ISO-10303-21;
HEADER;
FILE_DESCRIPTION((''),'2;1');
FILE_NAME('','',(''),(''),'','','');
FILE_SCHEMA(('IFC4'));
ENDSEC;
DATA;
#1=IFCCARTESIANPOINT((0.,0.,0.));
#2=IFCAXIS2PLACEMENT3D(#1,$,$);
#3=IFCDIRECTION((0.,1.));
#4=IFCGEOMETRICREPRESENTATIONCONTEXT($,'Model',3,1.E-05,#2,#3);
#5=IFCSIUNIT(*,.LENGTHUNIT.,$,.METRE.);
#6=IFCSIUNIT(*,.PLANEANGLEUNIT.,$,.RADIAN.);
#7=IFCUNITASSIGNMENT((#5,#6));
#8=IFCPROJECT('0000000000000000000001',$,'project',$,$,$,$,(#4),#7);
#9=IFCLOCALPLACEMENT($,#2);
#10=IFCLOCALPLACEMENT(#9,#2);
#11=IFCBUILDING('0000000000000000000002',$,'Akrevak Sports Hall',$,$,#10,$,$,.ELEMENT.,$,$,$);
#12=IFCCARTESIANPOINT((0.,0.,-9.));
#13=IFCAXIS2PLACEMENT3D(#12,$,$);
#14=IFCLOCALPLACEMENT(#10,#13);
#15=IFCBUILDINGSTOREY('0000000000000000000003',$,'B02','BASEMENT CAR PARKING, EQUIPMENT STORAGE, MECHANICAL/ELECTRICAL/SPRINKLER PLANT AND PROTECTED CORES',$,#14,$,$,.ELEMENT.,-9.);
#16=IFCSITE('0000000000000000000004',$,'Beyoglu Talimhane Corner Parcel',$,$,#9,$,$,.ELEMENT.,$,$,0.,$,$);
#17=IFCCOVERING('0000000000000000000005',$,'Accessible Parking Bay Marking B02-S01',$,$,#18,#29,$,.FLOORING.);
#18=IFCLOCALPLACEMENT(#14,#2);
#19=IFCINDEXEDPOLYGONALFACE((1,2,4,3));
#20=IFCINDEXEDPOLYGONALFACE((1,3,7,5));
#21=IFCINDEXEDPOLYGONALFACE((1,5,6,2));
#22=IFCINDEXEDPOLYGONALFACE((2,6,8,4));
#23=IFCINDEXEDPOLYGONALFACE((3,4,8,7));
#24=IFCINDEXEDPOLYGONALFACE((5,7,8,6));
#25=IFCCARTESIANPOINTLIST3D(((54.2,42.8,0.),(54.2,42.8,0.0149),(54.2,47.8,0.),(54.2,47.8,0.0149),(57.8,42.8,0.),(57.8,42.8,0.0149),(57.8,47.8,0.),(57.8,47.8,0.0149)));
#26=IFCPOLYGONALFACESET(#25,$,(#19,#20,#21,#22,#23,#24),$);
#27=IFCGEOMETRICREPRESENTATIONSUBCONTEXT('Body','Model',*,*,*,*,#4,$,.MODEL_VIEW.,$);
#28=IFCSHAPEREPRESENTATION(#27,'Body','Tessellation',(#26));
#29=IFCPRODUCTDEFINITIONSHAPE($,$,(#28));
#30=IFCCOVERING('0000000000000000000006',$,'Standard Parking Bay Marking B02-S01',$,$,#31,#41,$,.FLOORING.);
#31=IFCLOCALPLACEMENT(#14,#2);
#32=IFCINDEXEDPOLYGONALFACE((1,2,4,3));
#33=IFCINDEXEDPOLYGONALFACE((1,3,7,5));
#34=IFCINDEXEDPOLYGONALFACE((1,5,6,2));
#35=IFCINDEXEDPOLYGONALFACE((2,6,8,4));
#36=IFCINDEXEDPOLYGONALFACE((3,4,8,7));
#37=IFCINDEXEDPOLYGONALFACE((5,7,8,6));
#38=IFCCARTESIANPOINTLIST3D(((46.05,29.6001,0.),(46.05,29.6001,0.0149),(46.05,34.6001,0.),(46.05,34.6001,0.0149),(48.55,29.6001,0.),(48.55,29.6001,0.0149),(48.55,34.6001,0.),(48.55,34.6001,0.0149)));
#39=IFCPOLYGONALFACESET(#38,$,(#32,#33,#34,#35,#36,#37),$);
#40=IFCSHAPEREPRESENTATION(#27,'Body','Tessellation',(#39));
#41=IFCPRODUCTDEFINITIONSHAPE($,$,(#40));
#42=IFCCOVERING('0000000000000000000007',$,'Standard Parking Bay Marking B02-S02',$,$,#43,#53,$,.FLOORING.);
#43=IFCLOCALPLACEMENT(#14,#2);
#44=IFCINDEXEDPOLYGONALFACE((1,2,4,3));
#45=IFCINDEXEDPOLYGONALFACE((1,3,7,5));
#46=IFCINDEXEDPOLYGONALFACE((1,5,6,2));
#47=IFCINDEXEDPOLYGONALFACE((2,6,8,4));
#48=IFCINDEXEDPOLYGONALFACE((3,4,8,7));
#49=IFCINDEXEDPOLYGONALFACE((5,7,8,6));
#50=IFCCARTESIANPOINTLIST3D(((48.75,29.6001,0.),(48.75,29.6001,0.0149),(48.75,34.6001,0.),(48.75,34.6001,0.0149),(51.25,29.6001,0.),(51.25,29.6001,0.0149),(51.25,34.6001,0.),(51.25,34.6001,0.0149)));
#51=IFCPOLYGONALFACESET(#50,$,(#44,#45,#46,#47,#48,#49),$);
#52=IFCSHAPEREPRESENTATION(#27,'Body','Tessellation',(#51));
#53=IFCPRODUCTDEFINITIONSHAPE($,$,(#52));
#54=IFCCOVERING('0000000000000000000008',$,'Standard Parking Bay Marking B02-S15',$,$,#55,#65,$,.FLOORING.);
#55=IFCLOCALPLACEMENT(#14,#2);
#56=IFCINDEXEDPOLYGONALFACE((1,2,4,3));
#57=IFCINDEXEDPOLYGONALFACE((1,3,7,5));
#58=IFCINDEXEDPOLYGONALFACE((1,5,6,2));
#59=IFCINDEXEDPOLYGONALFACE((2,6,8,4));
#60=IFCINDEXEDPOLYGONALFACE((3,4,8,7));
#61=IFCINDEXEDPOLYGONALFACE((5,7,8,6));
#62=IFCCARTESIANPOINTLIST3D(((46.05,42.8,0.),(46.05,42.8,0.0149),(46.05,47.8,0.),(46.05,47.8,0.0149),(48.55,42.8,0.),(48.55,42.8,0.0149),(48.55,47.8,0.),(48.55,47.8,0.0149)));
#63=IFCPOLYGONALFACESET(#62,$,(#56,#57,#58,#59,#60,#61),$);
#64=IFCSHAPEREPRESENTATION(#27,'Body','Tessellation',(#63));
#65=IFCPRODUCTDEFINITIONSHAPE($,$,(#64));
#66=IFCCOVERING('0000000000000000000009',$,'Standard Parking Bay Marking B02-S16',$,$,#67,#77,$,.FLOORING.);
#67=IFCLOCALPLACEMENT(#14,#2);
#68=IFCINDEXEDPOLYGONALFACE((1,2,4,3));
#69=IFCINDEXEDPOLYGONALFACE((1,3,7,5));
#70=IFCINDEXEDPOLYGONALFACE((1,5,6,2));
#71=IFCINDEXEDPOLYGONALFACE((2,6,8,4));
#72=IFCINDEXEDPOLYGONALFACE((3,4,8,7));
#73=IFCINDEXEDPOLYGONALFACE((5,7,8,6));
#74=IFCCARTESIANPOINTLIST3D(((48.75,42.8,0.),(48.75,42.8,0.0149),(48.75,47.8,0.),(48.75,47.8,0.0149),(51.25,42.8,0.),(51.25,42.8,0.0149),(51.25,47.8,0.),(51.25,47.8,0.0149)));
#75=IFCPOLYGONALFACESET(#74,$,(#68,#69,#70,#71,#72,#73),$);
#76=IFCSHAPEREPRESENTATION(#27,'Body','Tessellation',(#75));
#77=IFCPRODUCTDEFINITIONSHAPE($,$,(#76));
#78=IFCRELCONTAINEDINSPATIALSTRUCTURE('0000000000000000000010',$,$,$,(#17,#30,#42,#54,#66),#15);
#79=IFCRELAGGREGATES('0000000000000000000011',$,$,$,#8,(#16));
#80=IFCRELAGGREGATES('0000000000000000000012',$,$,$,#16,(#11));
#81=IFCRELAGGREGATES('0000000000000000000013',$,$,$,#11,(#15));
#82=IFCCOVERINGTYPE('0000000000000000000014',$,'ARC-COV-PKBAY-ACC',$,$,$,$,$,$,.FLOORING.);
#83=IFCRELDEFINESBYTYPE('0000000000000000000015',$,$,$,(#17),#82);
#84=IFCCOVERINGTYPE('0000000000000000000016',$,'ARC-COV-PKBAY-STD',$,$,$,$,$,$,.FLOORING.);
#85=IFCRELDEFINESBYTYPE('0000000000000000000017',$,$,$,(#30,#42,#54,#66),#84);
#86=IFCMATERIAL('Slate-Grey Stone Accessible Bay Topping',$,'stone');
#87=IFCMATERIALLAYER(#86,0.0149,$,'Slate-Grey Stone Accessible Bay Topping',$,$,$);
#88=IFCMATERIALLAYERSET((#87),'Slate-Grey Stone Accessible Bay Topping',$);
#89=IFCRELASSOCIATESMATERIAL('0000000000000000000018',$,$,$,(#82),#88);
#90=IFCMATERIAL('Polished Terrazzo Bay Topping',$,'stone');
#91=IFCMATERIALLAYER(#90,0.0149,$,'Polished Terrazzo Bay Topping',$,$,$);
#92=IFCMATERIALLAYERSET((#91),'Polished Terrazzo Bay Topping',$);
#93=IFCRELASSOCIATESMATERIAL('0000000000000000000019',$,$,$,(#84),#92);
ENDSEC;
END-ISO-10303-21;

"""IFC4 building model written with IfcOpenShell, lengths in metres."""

from ifc_helpers import new_model, si_unit, direction, frame, origin, origin_2d, place, context, subcontext, project, spatial, rectangle, extrude, material, layer, layer_set, type_object, element, save


model = new_model("IFC4")

# Units and contexts
model_context = context("Model", 3, precision=1e-05, world=origin(), true_north=direction((0.0, 1.0)))
body_context = subcontext(model_context, "Body", "Model", "MODEL_VIEW")
ifc_project = project(units=[si_unit("LENGTHUNIT", "METRE"), si_unit("PLANEANGLEUNIT", "RADIAN")], contexts=[model_context])

# Site, building, storey
site_placement = place(None, origin())
site = spatial("IfcSite", under=ifc_project, at=site_placement, Name="Beyoglu Talimhane Corner Parcel", CompositionType="ELEMENT", RefElevation=0.0)
building_placement = place(site_placement, origin())
building = spatial("IfcBuilding", under=site, at=building_placement, Name="Akrevak Sports Hall", CompositionType="ELEMENT")
storey_placement = place(building_placement, frame((0.0, 0.0, -9.0)))
storey = spatial("IfcBuildingStorey", under=building, at=storey_placement, Name="B02", Description="BASEMENT CAR PARKING, EQUIPMENT STORAGE, MECHANICAL/ELECTRICAL/SPRINKLER PLANT AND PROTECTED CORES", CompositionType="ELEMENT", Elevation=-9.0)

# Coverings
ifc_material_1 = material(Name="Slate-Grey Stone Accessible Bay Topping", Category="stone")
ifc_layer_1 = layer(ifc_material_1, 0.0149, Name="Slate-Grey Stone Accessible Bay Topping")
ifc_layer_set_1 = layer_set([ifc_layer_1], Name="Slate-Grey Stone Accessible Bay Topping")
covering_type_1 = type_object("IfcCoveringType", Name="ARC-COV-PKBAY-ACC", PredefinedType="FLOORING", material=ifc_layer_set_1)
covering_placement = place(storey_placement, frame((56.0, 45.3, 0.0), z_axis=(0.0, 0.0, 1.0), x_axis=(1.0, 0.0, 0.0)))
element("IfcCovering", 1, at=covering_placement, inside=storey, type_object=covering_type_1, Name="Accessible Parking Bay Marking B02-S01", PredefinedType="FLOORING", context=body_context, shape_type="SweptSolid", body=[
    extrude(rectangle(XDim=3.6001, YDim=5.0, at=origin_2d()), origin(), (0.0, 0.0, 1.0), 0.0149),
])
ifc_material_2 = material(Name="Polished Terrazzo Bay Topping", Category="stone")
ifc_layer_2 = layer(ifc_material_2, 0.0149, Name="Polished Terrazzo Bay Topping")
ifc_layer_set_2 = layer_set([ifc_layer_2], Name="Polished Terrazzo Bay Topping")
covering_type_2 = type_object("IfcCoveringType", Name="ARC-COV-PKBAY-STD", PredefinedType="FLOORING", material=ifc_layer_set_2)
for number, where, z_axis, x_axis, name in (
    (2, (47.3, 32.1001, 0.0), (0.0, 0.0, 1.0), (1.0, 0.0, 0.0), "Standard Parking Bay Marking B02-S01"),
    (3, (50.0, 32.1001, 0.0), (0.0, 0.0, 1.0), (1.0, 0.0, 0.0), "Standard Parking Bay Marking B02-S02"),
    (4, (47.3, 45.3, 0.0), (0.0, 0.0, 1.0), (1.0, 0.0, 0.0), "Standard Parking Bay Marking B02-S15"),
    (5, (50.0, 45.3, 0.0), (0.0, 0.0, 1.0), (1.0, 0.0, 0.0), "Standard Parking Bay Marking B02-S16"),
):
    element("IfcCovering", number, at=place(storey_placement, frame(where, z_axis=z_axis, x_axis=x_axis)), inside=storey, type_object=covering_type_2, Name=name, PredefinedType="FLOORING", context=body_context, shape_type="SweptSolid", body=[
        extrude(rectangle(XDim=2.5, YDim=5.0, at=origin_2d()), origin(), (0.0, 0.0, 1.0), 0.0149),
    ])

save(model, "model.ifc")
